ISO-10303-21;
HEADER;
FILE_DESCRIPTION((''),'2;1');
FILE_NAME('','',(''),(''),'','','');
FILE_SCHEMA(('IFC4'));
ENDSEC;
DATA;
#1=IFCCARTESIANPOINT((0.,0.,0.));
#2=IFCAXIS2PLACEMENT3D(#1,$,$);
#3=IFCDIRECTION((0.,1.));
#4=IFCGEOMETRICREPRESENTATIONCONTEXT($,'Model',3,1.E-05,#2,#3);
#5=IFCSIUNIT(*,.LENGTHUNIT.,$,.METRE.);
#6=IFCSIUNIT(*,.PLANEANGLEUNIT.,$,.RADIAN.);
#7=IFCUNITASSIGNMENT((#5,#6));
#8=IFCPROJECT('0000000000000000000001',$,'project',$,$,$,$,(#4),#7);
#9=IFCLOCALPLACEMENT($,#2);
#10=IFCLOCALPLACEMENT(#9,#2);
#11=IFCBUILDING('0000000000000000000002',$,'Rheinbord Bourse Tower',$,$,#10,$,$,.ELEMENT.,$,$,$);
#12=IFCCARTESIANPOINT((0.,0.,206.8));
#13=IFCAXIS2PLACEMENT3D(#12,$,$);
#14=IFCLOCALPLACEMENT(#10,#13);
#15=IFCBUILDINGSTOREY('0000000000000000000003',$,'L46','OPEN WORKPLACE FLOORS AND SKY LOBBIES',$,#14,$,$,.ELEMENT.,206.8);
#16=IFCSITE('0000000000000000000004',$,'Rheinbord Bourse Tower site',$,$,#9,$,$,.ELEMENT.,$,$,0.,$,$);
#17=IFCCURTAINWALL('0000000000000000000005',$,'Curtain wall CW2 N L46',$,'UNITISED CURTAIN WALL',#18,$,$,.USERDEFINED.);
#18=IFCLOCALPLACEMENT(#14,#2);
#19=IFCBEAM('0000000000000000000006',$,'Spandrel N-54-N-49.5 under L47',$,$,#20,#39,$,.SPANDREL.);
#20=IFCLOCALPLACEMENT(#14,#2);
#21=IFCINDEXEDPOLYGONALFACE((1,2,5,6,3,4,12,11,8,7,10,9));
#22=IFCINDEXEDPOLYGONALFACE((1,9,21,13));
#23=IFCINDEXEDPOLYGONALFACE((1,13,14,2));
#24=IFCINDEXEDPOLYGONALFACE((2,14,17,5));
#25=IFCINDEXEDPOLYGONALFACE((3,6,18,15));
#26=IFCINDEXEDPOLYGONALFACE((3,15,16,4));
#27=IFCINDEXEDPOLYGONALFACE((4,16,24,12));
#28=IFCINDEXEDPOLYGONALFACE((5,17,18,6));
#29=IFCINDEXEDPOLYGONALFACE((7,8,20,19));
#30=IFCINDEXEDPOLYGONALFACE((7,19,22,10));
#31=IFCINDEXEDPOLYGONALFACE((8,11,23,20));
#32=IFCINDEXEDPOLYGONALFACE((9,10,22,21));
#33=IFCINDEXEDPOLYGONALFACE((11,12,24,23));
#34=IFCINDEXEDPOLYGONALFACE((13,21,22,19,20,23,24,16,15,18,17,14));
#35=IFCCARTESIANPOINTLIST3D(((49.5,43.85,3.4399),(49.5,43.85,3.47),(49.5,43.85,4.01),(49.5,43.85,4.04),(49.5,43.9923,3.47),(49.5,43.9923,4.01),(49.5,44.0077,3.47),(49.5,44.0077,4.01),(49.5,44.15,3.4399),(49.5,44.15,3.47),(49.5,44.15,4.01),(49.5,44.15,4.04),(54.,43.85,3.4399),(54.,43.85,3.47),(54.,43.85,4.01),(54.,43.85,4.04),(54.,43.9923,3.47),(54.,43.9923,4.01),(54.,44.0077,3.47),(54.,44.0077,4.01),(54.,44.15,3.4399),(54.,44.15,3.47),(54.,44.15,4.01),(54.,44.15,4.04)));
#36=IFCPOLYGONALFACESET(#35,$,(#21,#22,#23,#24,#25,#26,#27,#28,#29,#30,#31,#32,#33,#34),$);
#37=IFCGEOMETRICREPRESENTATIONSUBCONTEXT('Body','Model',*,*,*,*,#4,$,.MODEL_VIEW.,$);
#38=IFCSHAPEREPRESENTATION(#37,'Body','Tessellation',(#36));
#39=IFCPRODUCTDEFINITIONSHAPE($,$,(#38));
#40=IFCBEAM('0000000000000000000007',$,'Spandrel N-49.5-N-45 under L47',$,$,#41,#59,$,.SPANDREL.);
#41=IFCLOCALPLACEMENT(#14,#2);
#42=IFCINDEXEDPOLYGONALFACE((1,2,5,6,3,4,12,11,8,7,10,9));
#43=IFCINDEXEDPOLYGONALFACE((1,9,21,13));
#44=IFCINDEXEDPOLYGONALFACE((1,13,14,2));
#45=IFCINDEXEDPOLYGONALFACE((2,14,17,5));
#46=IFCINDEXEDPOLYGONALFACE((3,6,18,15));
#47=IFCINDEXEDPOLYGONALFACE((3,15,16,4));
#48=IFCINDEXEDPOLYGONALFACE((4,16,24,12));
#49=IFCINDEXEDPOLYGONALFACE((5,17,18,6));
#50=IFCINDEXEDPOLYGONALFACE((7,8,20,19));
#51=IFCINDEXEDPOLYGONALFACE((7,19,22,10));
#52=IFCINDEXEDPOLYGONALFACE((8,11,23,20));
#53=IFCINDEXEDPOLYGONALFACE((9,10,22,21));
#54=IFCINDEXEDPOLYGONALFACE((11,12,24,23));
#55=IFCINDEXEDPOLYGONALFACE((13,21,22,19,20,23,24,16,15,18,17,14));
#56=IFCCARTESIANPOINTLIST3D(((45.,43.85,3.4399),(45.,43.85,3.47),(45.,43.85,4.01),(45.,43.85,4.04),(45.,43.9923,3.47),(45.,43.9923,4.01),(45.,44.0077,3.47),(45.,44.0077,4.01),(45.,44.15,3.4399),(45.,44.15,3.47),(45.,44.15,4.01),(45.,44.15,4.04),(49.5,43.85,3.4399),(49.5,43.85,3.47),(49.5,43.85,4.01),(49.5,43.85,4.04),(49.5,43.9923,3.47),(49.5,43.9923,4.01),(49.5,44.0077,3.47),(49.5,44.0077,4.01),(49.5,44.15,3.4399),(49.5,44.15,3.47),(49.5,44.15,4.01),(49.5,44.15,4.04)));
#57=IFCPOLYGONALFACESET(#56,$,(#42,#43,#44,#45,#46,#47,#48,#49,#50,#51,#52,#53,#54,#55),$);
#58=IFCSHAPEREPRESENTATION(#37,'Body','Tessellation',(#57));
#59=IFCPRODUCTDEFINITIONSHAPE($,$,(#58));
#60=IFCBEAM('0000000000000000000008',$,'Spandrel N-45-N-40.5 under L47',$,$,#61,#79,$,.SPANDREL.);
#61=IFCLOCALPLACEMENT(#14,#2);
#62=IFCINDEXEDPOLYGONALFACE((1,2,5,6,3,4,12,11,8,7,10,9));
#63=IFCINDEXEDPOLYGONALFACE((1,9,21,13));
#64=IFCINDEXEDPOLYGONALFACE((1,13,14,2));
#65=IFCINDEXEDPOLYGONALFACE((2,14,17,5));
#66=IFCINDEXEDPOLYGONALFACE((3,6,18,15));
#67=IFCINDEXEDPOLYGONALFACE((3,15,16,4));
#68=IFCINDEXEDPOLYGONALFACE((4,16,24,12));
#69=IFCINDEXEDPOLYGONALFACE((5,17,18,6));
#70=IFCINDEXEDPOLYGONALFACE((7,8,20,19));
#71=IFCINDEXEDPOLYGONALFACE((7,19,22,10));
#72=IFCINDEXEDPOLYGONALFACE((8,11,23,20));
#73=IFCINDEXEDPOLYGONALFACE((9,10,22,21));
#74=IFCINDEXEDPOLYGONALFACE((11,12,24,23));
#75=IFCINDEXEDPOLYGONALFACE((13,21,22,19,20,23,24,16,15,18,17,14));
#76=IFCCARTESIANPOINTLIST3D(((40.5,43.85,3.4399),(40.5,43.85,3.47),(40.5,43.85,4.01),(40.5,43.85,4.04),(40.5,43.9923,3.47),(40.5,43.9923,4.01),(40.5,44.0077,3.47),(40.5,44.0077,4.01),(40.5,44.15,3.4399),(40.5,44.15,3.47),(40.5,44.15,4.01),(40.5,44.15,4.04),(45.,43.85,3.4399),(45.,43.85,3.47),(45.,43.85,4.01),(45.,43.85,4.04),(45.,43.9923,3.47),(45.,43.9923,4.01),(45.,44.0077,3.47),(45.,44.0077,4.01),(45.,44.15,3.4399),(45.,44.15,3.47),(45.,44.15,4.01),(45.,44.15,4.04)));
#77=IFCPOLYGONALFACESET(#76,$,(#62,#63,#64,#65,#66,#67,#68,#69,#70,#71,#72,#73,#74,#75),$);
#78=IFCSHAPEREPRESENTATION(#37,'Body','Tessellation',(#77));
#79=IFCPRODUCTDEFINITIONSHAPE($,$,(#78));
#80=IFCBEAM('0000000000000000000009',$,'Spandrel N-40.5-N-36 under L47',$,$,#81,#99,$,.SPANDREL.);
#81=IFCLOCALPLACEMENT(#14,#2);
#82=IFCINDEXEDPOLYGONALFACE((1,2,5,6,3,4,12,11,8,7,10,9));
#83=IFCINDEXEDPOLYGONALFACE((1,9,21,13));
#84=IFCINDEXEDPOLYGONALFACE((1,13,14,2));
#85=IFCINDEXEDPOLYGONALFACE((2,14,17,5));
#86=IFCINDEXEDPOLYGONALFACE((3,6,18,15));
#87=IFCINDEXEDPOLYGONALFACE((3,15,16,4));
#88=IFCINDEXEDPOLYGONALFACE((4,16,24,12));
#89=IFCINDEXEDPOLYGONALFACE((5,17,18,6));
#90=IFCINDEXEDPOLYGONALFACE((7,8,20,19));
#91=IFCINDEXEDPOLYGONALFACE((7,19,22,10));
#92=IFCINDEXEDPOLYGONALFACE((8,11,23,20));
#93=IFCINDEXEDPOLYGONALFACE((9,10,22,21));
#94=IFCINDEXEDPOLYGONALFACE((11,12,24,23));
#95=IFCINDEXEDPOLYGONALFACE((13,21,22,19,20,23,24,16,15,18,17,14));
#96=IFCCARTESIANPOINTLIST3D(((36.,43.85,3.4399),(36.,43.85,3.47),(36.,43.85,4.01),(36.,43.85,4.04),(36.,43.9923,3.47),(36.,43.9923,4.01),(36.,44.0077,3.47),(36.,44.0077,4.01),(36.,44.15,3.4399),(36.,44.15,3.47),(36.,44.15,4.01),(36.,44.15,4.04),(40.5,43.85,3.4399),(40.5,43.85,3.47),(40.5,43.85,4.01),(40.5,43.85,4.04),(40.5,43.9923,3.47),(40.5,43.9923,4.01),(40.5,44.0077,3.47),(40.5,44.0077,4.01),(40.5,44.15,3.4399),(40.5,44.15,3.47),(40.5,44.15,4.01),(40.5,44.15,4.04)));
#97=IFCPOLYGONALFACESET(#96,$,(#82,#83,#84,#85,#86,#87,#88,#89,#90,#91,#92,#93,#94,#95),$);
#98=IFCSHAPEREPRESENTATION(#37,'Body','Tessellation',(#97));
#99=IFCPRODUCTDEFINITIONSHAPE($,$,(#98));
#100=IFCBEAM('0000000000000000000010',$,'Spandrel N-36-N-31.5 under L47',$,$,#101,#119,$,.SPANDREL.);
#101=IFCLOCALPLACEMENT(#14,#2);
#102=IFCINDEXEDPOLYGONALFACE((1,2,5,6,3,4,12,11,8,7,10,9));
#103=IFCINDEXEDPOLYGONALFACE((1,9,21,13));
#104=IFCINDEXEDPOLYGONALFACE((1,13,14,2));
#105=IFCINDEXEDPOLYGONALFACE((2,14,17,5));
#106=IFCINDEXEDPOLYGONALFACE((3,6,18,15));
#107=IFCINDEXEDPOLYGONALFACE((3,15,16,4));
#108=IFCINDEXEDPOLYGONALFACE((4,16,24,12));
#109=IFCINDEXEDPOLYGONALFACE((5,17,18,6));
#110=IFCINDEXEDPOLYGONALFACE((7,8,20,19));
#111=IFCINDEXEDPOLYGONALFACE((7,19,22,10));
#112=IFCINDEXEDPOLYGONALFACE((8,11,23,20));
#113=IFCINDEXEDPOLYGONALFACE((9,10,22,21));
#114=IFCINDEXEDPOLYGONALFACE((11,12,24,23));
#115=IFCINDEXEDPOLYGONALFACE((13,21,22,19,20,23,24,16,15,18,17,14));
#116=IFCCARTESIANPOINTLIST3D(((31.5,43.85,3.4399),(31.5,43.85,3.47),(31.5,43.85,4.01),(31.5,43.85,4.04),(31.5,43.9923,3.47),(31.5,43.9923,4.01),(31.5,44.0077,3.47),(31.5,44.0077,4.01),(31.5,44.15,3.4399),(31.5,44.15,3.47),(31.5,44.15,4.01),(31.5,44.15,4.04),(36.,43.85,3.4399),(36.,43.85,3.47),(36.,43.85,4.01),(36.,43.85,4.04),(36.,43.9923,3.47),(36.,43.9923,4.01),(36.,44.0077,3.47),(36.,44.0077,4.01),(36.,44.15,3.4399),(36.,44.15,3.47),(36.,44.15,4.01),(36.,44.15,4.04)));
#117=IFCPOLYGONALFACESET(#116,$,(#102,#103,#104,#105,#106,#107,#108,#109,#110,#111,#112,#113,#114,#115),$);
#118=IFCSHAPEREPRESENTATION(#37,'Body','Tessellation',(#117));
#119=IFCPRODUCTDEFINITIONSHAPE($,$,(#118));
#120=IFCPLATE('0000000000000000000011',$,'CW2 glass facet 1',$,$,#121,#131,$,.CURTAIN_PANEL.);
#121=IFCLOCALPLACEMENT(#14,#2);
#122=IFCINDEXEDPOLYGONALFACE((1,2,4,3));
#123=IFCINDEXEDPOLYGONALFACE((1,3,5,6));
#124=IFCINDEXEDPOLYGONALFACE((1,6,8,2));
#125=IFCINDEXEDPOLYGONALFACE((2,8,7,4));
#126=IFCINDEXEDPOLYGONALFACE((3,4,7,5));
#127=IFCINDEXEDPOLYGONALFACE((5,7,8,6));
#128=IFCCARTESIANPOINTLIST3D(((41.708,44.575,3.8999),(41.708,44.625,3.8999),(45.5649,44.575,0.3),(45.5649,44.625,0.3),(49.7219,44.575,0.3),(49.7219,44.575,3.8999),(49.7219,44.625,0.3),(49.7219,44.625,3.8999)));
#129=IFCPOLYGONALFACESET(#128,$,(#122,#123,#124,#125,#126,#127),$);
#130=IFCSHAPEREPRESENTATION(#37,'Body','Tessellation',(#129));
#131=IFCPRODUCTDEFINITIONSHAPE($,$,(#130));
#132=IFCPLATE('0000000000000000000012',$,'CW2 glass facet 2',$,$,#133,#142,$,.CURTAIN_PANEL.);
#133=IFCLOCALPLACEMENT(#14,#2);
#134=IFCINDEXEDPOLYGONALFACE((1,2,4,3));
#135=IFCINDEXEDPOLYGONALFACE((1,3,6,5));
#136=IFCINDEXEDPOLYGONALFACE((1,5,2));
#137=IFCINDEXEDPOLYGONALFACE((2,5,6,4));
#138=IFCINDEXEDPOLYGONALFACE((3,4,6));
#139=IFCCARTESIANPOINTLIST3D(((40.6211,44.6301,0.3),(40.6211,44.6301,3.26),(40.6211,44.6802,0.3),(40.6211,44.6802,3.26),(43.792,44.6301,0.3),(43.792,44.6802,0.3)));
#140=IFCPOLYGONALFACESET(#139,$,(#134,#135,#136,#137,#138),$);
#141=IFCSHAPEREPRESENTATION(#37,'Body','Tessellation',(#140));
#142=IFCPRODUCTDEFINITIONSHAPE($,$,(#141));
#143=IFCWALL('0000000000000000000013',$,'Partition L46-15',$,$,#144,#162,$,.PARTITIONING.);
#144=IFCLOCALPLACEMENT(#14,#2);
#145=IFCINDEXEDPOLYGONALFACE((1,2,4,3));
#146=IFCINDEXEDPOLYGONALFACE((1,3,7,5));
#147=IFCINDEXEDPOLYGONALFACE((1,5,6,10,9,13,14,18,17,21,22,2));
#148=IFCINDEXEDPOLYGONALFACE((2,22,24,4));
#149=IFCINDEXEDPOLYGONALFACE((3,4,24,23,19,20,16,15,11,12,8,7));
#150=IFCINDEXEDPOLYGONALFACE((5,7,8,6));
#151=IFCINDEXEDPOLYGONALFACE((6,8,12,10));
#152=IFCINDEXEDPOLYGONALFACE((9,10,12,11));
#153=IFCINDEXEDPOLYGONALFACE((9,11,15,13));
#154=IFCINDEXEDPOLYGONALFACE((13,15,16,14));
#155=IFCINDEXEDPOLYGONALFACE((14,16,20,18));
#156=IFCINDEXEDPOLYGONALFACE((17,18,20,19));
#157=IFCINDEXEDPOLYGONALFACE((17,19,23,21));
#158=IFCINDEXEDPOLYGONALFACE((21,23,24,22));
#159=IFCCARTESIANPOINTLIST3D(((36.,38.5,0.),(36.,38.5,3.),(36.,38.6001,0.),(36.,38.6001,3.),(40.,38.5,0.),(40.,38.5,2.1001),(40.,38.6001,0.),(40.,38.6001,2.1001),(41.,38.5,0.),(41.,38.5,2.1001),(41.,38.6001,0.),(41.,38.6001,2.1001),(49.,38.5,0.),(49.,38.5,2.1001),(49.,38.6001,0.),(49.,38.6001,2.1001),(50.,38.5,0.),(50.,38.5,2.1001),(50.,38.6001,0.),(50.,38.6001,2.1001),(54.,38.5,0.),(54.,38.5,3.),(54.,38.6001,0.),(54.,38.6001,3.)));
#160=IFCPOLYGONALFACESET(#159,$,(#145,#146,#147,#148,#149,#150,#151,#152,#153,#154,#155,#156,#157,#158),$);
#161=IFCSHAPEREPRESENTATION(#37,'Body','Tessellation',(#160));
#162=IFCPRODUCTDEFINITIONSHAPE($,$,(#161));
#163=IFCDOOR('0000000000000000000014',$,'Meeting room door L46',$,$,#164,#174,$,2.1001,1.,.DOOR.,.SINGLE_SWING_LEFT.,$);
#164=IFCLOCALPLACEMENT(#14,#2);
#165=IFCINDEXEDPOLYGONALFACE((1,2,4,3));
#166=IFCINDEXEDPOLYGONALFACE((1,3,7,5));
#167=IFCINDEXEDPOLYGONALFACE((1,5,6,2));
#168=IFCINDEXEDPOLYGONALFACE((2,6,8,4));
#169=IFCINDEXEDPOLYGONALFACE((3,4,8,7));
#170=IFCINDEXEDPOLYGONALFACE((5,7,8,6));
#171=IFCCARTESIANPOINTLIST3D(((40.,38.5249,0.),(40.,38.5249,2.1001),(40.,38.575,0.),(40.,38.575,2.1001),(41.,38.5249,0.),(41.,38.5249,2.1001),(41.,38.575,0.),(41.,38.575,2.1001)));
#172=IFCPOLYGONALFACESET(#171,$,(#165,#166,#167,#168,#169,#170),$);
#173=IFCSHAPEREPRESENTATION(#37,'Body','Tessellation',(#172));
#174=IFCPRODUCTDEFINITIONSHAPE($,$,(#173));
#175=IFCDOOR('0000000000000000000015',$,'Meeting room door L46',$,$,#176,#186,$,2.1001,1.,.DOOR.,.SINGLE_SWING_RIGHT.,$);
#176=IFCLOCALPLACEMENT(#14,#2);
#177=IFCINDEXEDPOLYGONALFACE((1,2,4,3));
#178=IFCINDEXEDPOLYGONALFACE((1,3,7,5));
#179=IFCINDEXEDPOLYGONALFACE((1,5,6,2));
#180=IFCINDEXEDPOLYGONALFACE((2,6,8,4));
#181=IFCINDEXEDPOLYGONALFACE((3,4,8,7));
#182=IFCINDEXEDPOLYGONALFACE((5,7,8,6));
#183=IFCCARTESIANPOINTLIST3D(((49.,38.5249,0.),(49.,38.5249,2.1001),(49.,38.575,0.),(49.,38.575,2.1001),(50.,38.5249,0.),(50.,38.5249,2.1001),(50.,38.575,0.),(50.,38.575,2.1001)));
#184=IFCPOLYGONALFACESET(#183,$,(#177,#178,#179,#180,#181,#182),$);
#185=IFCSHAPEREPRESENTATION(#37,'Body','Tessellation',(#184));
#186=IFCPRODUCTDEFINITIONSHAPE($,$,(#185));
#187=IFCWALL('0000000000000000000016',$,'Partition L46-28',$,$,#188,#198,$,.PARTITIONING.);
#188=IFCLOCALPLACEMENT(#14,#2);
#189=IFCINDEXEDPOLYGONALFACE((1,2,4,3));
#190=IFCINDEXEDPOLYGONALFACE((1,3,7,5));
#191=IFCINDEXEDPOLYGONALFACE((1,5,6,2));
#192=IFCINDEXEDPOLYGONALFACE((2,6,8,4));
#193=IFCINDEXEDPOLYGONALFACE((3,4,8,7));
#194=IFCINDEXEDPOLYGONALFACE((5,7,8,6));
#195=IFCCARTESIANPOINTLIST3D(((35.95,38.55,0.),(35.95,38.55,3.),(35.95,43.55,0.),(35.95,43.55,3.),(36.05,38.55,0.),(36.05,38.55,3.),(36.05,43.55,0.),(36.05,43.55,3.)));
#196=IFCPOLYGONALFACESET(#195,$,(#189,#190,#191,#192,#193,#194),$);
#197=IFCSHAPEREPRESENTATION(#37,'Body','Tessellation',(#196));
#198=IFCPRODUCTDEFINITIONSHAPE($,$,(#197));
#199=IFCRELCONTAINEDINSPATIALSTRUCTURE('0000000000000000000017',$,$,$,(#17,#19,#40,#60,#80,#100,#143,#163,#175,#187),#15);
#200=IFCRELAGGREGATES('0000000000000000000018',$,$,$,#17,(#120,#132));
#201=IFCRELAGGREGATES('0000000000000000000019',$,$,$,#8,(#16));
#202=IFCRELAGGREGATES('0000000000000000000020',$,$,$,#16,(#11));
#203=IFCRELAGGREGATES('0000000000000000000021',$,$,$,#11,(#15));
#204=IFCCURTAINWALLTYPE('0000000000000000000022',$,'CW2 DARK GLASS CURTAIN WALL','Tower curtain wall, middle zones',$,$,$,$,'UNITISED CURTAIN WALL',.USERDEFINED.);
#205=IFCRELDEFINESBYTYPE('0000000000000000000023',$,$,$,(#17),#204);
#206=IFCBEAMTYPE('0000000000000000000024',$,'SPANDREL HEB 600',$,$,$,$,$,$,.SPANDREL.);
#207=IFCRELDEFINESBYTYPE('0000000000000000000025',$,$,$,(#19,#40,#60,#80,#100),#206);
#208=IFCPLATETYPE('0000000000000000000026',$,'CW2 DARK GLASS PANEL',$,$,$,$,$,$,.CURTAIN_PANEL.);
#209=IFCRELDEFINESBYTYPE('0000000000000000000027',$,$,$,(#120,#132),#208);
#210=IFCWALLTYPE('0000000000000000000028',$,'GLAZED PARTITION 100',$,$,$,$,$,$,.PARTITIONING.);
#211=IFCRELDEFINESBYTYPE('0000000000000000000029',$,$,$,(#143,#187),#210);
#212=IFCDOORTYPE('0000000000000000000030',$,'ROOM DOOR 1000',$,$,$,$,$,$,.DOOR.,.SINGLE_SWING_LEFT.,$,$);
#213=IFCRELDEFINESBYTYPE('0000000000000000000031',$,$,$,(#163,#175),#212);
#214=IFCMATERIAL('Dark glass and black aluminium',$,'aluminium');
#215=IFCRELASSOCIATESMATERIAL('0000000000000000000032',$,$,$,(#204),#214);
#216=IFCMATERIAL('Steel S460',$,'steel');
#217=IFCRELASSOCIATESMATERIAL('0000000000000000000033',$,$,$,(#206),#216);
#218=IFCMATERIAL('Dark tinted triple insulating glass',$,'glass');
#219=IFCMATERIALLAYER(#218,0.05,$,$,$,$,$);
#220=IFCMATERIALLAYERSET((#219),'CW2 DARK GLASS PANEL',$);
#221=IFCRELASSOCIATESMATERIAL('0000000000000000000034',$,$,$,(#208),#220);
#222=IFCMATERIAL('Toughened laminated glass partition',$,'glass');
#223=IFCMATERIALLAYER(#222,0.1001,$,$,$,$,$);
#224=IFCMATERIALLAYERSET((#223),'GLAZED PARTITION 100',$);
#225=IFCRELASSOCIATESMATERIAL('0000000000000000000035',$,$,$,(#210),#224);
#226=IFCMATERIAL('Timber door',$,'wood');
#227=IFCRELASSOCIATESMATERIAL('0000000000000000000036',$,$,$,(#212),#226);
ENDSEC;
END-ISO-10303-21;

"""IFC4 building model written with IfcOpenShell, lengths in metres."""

from ifc_helpers import new_model, si_unit, direction, frame, frame_2d, origin, origin_2d, place, context, subcontext, project, spatial, polyline, rectangle, i_section, outline, extrude, material, layer, layer_set, material_profile, profile_set, type_object, element, fill, aggregate, save


model = new_model("IFC4")

# Units and contexts
model_context = context("Model", 3, precision=1e-05, world=origin(), true_north=direction((0.0, 1.0)))
body_context = subcontext(model_context, "Body", "Model", "MODEL_VIEW")
ifc_project = project(units=[si_unit("LENGTHUNIT", "METRE"), si_unit("PLANEANGLEUNIT", "RADIAN")], contexts=[model_context])

# Site, building, storey
site_placement = place(None, origin())
site = spatial("IfcSite", under=ifc_project, at=site_placement, Name="Rheinbord Bourse Tower site", CompositionType="ELEMENT", RefElevation=0.0)
building_placement = place(site_placement, origin())
building = spatial("IfcBuilding", under=site, at=building_placement, Name="Rheinbord Bourse Tower", CompositionType="ELEMENT")
storey_placement = place(building_placement, frame((0.0, 0.0, 206.8)))
storey = spatial("IfcBuildingStorey", under=building, at=storey_placement, Name="L46", Description="OPEN WORKPLACE FLOORS AND SKY LOBBIES", CompositionType="ELEMENT", Elevation=206.8)

# Curtain wall
ifc_material_1 = material(Name="Dark glass and black aluminium", Category="aluminium")
curtain_wall_type = type_object("IfcCurtainWallType", Name="CW2 DARK GLASS CURTAIN WALL", Description="Tower curtain wall, middle zones", ElementType="UNITISED CURTAIN WALL", PredefinedType="USERDEFINED", material=ifc_material_1)
curtain_wall_placement = place(storey_placement, origin())
curtain_wall = element("IfcCurtainWall", 1, at=curtain_wall_placement, inside=storey, type_object=curtain_wall_type, Name="Curtain wall CW2 N L46", ObjectType="UNITISED CURTAIN WALL", PredefinedType="USERDEFINED")

# Beams
ifc_material_2 = material(Name="Steel S460", Category="steel")
ifc_material_profile_1 = material_profile(ifc_material_2, i_section(OverallWidth=0.3, OverallDepth=0.6001, WebThickness=0.0154, FlangeThickness=0.03, at=origin_2d()), Name="HEB 600")
ifc_profile_set_1 = profile_set([ifc_material_profile_1], Name="Steel S460")
beam_type_1 = type_object("IfcBeamType", Name="SPANDREL HEB 600", PredefinedType="SPANDREL", material=ifc_profile_set_1)
for number, where, z_axis, x_axis, name in (
    (2, (54.0, 44.0, 3.74), (-1.0, 0.0, 0.0), (0.0, -1.0, 0.0), "Spandrel N-54-N-49.5 under L47"),
    (3, (49.5, 44.0, 3.74), (-1.0, 0.0, 0.0), (0.0, -1.0, 0.0), "Spandrel N-49.5-N-45 under L47"),
    (4, (45.0, 44.0, 3.74), (-1.0, 0.0, 0.0), (0.0, -1.0, 0.0), "Spandrel N-45-N-40.5 under L47"),
    (5, (40.5, 44.0, 3.74), (-1.0, 0.0, 0.0), (0.0, -1.0, 0.0), "Spandrel N-40.5-N-36 under L47"),
    (6, (36.0, 44.0, 3.74), (-1.0, 0.0, 0.0), (0.0, -1.0, 0.0), "Spandrel N-36-N-31.5 under L47"),
):
    element("IfcBeam", number, at=place(storey_placement, frame(where, z_axis=z_axis, x_axis=x_axis)), inside=storey, type_object=beam_type_1, Name=name, PredefinedType="SPANDREL", context=body_context, shape_type="SweptSolid", body=[
        extrude(i_section(OverallWidth=0.3, OverallDepth=0.6001, WebThickness=0.0154, FlangeThickness=0.03, at=origin_2d()), origin(), (0.0, 0.0, 1.0), 4.5),
    ])

# Plates
ifc_material_3 = material(Name="Dark tinted triple insulating glass", Category="glass")
ifc_layer_1 = layer(ifc_material_3, 0.05)
ifc_layer_set_1 = layer_set([ifc_layer_1], Name="CW2 DARK GLASS PANEL")
plate_type = type_object("IfcPlateType", Name="CW2 DARK GLASS PANEL", PredefinedType="CURTAIN_PANEL", material=ifc_layer_set_1)
plate_1_placement = place(storey_placement, frame((49.7219, 44.625, 0.3), z_axis=(0.0, -1.0, 0.0), x_axis=(0.0, 0.0, 1.0)))
plate_1 = element("IfcPlate", 7, at=plate_1_placement, type_object=plate_type, Name="CW2 glass facet 1", PredefinedType="CURTAIN_PANEL", context=body_context, shape_type="SweptSolid", body=[
    extrude(outline(polyline([(0.0, 0.0), (3.5999, 0.0), (3.5999, 8.0139), (0.0, 4.157), (0.0, 0.0)])), origin(), (0.0, 0.0, 1.0), 0.05),
])
plate_2_placement = place(storey_placement, frame((40.6211, 44.6802, 0.3), z_axis=(0.0, -1.0, 0.0), x_axis=(1.0, 0.0, 0.0)))
plate_2 = element("IfcPlate", 8, at=plate_2_placement, type_object=plate_type, Name="CW2 glass facet 2", PredefinedType="CURTAIN_PANEL", context=body_context, shape_type="SweptSolid", body=[
    extrude(outline(polyline([(0.0, 0.0), (3.1709, 0.0), (0.0, 2.96), (0.0, 0.0)])), origin(), (0.0, 0.0, 1.0), 0.05),
])
aggregate(curtain_wall, [plate_1, plate_2])

# Wall, openings, doors
ifc_material_4 = material(Name="Toughened laminated glass partition", Category="glass")
ifc_layer_2 = layer(ifc_material_4, 0.1001)
ifc_layer_set_2 = layer_set([ifc_layer_2], Name="GLAZED PARTITION 100")
wall_type_1 = type_object("IfcWallType", Name="GLAZED PARTITION 100", PredefinedType="PARTITIONING", material=ifc_layer_set_2)
wall_1_placement = place(storey_placement, frame((36.0, 38.55, 0.0), z_axis=(0.0, 0.0, 1.0), x_axis=(1.0, 0.0, 0.0)))
wall_1 = element("IfcWall", 9, at=wall_1_placement, inside=storey, type_object=wall_type_1, Name="Partition L46-15", PredefinedType="PARTITIONING", context=body_context, shape_type="SweptSolid", body=[
    extrude(rectangle(XDim=18.0, YDim=0.1001, at=frame_2d((9.0, 0.0))), origin(), (0.0, 0.0, 1.0), 3.0),
])
opening_1_placement = place(wall_1_placement, frame((4.0, 0.0, 0.0)))
opening_1 = element("IfcOpeningElement", 10, at=opening_1_placement, cuts=wall_1, PredefinedType="OPENING", context=body_context, shape_type="SweptSolid", body=[
    extrude(rectangle(XDim=1.0, YDim=2.1001, at=frame_2d((0.5, 1.05))), frame((0.0, 0.0601, 0.0), z_axis=(0.0, -1.0, 0.0), x_axis=(1.0, 0.0, 0.0)), (0.0, 0.0, 1.0), 0.1201),
])
opening_2_placement = place(wall_1_placement, frame((13.0, 0.0, 0.0)))
opening_2 = element("IfcOpeningElement", 11, at=opening_2_placement, cuts=wall_1, PredefinedType="OPENING", context=body_context, shape_type="SweptSolid", body=[
    extrude(rectangle(XDim=1.0, YDim=2.1001, at=frame_2d((0.5, 1.05))), frame((0.0, 0.0601, 0.0), z_axis=(0.0, -1.0, 0.0), x_axis=(1.0, 0.0, 0.0)), (0.0, 0.0, 1.0), 0.1201),
])
ifc_material_5 = material(Name="Timber door", Category="wood")
door_type = type_object("IfcDoorType", Name="ROOM DOOR 1000", OperationType="SINGLE_SWING_LEFT", PredefinedType="DOOR", material=ifc_material_5)
door_1_placement = place(opening_1_placement, origin())
door_1 = element("IfcDoor", 12, at=door_1_placement, inside=storey, type_object=door_type, Name="Meeting room door L46", OperationType="SINGLE_SWING_LEFT", OverallHeight=2.1001, OverallWidth=1.0, PredefinedType="DOOR", context=body_context, shape_type="SweptSolid", body=[
    extrude(rectangle(XDim=1.0, YDim=2.1001, at=frame_2d((0.5, 1.05))), frame((0.0, 0.0249, 0.0), z_axis=(0.0, -1.0, 0.0), x_axis=(1.0, 0.0, 0.0)), (0.0, 0.0, 1.0), 0.05),
])
fill(opening_1, door_1)
door_2_placement = place(opening_2_placement, origin())
door_2 = element("IfcDoor", 13, at=door_2_placement, inside=storey, type_object=door_type, Name="Meeting room door L46", OperationType="SINGLE_SWING_RIGHT", OverallHeight=2.1001, OverallWidth=1.0, PredefinedType="DOOR", context=body_context, shape_type="SweptSolid", body=[
    extrude(rectangle(XDim=1.0, YDim=2.1001, at=frame_2d((0.5, 1.05))), frame((0.0, 0.0249, 0.0), z_axis=(0.0, -1.0, 0.0), x_axis=(1.0, 0.0, 0.0)), (0.0, 0.0, 1.0), 0.05),
])
fill(opening_2, door_2)

# Wall
for number, where, z_axis, x_axis, name in (
    (14, (36.0, 38.55, 0.0), (0.0, 0.0, 1.0), (0.0, 1.0, 0.0), "Partition L46-28"),
):
    element("IfcWall", number, at=place(storey_placement, frame(where, z_axis=z_axis, x_axis=x_axis)), inside=storey, type_object=wall_type_1, Name=name, PredefinedType="PARTITIONING", context=body_context, shape_type="SweptSolid", body=[
        extrude(rectangle(XDim=5.0, YDim=0.1001, at=frame_2d((2.5, 0.0))), origin(), (0.0, 0.0, 1.0), 3.0),
    ])

save(model, "model.ifc")
